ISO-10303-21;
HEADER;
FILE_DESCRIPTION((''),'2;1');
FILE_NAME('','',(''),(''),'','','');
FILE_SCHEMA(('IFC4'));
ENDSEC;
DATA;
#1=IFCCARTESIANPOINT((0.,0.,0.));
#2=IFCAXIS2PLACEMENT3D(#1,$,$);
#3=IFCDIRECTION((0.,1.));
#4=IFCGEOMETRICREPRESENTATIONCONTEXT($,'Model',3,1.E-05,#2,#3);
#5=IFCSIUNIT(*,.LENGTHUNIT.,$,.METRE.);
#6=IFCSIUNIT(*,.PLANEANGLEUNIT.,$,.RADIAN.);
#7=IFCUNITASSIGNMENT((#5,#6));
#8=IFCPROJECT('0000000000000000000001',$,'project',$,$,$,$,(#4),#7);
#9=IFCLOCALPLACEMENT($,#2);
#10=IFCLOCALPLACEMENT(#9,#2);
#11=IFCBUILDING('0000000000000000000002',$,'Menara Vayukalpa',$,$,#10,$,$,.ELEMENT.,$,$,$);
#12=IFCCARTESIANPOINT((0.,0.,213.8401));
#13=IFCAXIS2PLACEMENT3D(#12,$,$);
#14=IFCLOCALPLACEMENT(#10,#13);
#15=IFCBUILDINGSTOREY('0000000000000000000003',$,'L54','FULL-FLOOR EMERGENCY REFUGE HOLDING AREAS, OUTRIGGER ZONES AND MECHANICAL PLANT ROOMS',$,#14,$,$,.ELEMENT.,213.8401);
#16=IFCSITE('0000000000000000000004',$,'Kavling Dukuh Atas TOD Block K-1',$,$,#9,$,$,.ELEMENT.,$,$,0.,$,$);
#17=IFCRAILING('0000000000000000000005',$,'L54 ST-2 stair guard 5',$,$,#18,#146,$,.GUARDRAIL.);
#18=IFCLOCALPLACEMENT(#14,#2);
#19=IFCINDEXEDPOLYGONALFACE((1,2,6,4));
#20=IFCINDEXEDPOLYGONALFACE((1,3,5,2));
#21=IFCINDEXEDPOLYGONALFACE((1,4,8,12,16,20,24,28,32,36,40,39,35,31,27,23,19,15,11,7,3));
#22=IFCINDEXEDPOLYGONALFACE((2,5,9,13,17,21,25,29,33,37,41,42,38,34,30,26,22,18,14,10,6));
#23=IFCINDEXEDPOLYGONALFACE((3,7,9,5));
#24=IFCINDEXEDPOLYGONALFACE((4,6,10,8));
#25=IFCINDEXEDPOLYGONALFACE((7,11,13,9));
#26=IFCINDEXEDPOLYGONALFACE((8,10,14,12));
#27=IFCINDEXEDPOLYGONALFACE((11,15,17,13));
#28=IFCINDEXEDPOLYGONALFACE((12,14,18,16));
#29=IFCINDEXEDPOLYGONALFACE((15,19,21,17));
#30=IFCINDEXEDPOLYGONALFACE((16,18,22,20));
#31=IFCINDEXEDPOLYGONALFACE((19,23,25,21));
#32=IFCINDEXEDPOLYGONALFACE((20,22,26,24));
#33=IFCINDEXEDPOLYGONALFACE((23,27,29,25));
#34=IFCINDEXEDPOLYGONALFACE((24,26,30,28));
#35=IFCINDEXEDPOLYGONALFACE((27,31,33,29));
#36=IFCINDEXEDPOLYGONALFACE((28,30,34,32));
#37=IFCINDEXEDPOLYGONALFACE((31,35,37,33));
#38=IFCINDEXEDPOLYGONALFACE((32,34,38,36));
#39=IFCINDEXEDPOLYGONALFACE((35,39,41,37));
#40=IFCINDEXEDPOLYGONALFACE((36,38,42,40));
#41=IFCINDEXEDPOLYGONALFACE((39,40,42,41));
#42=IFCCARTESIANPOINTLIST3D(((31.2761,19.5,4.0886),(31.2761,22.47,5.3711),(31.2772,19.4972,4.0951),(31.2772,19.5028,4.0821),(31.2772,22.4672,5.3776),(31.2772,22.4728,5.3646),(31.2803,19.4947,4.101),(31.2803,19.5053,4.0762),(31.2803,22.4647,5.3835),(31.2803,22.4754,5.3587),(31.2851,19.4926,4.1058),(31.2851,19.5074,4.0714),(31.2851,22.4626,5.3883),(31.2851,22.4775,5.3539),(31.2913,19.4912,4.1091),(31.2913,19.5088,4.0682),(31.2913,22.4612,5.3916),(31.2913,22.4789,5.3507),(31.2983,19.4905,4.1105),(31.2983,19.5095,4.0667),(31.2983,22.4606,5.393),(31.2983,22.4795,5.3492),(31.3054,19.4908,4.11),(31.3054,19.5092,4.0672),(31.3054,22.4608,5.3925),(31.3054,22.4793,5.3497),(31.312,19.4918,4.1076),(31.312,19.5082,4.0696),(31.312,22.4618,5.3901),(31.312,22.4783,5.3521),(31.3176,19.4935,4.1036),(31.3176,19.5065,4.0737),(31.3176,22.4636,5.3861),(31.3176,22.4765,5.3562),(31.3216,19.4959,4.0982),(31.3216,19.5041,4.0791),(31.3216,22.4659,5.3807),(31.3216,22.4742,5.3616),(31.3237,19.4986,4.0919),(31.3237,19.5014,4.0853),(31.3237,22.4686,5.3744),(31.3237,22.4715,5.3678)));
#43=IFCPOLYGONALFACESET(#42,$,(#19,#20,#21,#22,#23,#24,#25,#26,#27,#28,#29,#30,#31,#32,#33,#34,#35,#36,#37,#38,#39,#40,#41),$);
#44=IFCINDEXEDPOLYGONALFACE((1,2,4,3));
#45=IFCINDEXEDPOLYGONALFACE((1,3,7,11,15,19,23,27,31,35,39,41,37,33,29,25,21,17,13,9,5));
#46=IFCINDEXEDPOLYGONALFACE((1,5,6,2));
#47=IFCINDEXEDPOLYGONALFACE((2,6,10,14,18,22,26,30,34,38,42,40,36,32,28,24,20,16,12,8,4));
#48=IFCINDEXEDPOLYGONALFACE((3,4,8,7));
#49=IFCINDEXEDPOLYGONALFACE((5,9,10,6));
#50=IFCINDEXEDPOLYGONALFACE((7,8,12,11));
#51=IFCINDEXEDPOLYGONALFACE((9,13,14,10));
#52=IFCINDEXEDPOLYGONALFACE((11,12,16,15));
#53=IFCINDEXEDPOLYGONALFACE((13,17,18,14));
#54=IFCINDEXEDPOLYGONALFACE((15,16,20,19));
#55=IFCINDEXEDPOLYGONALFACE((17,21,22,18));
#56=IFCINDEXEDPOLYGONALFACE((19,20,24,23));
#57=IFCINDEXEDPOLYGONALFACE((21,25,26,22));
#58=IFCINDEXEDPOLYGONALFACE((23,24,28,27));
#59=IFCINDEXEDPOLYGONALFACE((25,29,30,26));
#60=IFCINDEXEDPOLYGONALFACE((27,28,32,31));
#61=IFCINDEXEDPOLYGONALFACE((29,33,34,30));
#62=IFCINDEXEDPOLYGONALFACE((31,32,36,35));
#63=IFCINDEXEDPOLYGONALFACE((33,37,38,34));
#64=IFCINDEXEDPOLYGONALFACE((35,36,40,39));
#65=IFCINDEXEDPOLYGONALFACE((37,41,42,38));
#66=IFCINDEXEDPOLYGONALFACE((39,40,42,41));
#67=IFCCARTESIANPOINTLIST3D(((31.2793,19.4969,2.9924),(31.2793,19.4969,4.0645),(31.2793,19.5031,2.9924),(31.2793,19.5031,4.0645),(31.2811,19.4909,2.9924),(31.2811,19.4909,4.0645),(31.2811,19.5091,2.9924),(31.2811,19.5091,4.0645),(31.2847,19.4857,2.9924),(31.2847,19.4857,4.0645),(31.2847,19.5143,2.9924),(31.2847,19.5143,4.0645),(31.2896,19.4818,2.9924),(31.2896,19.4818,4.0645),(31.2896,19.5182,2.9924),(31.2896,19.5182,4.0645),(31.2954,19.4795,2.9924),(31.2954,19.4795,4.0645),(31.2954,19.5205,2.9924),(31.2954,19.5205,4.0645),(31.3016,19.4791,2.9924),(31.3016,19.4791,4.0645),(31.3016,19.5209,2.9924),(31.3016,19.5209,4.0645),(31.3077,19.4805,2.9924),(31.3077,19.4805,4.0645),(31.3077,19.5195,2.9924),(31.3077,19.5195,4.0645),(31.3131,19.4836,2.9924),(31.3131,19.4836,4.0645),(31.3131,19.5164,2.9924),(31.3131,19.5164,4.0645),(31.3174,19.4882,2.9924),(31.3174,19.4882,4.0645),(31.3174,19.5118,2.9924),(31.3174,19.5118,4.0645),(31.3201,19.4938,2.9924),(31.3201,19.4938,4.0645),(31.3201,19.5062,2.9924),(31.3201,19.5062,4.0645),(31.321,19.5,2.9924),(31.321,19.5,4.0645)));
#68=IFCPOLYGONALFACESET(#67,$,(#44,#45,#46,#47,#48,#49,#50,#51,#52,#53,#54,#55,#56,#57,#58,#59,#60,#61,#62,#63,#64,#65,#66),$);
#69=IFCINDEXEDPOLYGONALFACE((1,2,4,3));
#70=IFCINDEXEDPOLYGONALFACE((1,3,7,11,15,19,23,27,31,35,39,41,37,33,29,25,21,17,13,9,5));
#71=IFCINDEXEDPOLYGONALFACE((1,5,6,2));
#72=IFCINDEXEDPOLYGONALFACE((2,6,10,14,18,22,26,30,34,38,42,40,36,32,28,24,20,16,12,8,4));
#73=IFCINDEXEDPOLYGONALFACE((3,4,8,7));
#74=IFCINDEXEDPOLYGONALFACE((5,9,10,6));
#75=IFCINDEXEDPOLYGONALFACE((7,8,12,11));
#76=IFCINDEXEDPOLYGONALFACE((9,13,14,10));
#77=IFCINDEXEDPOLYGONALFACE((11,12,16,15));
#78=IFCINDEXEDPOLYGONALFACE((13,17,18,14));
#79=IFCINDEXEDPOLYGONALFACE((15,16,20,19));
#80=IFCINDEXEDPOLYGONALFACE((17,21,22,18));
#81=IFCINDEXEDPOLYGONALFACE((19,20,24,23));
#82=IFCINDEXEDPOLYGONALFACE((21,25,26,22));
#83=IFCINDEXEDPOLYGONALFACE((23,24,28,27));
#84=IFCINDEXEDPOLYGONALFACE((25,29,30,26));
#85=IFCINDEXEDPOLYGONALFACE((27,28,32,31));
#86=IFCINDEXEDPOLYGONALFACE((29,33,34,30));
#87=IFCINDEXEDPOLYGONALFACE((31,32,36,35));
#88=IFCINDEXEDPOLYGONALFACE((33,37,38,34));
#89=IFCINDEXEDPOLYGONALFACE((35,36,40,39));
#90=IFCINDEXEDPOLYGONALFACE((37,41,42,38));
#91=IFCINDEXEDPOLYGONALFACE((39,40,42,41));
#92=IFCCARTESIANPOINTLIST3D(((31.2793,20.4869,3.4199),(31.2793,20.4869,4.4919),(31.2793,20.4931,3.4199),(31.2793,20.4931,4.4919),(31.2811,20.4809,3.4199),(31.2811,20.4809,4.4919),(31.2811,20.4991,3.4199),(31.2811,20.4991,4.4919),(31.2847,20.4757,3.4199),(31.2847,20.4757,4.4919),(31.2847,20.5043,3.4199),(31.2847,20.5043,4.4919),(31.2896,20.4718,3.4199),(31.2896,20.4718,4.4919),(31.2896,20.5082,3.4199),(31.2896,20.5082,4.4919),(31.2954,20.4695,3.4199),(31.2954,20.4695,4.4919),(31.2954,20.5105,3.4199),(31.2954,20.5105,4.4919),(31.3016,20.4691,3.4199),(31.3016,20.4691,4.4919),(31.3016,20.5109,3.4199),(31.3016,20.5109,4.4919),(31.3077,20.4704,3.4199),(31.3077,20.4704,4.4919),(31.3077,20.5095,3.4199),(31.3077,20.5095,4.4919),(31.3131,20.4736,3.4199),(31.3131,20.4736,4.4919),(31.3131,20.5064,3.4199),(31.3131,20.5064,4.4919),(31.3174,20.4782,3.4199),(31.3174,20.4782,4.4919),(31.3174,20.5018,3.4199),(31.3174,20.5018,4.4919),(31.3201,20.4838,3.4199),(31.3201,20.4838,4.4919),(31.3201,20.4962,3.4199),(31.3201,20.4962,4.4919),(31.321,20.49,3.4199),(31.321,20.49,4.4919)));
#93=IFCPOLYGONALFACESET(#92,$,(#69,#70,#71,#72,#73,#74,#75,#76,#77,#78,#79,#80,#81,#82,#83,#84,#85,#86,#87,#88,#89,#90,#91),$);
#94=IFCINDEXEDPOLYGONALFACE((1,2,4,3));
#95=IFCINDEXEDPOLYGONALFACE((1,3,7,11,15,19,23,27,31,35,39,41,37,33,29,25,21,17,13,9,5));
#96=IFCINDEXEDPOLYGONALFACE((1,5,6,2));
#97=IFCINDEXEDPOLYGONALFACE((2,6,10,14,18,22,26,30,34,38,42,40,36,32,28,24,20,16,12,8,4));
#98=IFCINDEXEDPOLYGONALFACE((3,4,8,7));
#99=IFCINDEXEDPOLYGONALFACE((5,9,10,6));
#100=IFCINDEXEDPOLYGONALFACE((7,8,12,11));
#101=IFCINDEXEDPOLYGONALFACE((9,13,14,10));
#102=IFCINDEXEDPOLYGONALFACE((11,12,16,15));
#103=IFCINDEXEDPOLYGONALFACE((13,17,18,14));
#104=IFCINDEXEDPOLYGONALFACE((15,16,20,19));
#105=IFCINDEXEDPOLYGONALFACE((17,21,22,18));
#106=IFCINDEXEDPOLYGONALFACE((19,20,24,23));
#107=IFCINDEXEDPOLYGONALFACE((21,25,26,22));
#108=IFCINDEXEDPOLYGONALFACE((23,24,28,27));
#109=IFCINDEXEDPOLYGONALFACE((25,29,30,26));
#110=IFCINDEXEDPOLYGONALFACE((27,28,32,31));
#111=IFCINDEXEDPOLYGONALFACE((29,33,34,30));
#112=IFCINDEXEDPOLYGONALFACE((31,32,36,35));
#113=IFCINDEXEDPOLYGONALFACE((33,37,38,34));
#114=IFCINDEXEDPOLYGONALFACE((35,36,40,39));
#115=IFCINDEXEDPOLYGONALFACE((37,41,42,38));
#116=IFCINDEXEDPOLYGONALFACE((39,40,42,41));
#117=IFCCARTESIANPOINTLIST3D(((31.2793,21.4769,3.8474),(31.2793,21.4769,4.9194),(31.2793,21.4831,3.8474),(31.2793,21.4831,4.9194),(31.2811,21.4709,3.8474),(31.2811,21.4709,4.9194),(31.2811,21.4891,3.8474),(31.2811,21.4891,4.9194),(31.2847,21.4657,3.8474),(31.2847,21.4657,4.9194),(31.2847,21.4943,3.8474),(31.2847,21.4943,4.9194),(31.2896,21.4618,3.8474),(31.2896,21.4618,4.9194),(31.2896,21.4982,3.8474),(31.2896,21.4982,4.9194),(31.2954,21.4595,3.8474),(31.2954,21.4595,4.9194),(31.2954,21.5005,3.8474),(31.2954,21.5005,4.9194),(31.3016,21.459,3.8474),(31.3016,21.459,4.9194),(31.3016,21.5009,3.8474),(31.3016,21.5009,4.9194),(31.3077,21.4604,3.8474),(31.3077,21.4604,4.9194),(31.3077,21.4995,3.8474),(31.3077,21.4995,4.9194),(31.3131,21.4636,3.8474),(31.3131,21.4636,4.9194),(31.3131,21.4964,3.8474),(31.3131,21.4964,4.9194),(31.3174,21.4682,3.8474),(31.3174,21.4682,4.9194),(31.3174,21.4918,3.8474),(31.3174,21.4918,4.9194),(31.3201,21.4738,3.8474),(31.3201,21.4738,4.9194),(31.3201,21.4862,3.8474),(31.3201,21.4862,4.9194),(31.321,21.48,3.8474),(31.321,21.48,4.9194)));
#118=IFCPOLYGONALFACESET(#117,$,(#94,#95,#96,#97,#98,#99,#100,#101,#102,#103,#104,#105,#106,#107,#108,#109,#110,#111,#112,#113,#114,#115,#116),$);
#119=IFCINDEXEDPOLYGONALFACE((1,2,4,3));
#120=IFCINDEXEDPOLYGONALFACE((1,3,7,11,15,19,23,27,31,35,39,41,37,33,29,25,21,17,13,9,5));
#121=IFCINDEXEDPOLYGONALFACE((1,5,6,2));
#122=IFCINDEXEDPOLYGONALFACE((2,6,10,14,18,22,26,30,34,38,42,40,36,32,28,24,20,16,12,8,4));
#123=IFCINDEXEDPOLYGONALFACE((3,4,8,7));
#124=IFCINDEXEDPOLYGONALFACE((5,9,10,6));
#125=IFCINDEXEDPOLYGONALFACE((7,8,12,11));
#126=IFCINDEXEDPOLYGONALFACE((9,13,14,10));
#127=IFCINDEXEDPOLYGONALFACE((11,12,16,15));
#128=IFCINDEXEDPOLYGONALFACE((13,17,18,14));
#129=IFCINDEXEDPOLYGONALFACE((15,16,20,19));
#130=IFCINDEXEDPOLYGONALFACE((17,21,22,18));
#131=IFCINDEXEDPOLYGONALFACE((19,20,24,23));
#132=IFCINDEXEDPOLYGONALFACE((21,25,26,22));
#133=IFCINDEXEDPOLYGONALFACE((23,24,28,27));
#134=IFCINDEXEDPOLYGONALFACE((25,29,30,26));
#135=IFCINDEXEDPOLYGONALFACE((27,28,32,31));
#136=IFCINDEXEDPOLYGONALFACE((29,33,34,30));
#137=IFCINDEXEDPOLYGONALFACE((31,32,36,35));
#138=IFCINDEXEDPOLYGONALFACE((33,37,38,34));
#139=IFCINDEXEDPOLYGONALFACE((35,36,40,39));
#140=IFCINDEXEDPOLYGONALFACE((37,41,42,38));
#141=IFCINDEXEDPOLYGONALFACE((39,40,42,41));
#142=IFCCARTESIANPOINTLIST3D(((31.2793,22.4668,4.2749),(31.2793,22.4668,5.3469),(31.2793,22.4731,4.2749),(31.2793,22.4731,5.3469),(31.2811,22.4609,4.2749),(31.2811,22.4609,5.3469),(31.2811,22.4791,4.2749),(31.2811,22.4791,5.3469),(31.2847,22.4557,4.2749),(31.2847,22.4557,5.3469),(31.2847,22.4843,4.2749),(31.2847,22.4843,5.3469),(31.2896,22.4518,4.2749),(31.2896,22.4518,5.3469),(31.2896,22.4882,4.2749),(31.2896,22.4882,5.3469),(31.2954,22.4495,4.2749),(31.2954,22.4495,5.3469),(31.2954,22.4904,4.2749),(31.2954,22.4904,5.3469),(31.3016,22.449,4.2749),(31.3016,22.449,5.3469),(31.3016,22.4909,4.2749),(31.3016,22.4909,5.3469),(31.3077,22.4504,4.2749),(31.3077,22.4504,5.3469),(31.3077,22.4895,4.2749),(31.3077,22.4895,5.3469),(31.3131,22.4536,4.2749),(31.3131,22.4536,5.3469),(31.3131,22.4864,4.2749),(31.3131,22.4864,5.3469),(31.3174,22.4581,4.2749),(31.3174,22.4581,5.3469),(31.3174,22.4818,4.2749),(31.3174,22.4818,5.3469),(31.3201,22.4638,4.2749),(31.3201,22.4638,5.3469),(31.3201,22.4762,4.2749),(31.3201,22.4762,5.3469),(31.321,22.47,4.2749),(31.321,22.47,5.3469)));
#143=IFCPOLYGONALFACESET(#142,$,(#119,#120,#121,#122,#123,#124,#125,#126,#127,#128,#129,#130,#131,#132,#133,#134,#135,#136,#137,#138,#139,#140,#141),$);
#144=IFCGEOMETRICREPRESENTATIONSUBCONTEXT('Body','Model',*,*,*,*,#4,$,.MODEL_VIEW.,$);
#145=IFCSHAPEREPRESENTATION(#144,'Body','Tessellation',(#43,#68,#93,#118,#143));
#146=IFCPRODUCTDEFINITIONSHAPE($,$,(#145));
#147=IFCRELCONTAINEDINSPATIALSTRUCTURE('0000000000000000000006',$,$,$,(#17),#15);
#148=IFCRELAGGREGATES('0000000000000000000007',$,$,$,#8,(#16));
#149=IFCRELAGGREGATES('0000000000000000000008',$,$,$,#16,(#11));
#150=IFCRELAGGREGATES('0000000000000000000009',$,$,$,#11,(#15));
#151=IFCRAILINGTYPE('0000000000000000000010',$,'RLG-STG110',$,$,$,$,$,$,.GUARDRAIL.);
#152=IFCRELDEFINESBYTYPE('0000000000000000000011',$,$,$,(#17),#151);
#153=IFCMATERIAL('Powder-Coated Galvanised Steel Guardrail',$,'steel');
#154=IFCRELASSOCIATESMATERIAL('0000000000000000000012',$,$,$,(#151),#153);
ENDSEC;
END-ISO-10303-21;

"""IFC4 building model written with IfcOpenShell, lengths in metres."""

from ifc_helpers import new_model, si_unit, direction, frame, origin, origin_2d, place, context, subcontext, project, spatial, circle, extrude, material, type_object, element, save


model = new_model("IFC4")

# Units and contexts
model_context = context("Model", 3, precision=1e-05, world=origin(), true_north=direction((0.0, 1.0)))
body_context = subcontext(model_context, "Body", "Model", "MODEL_VIEW")
ifc_project = project(units=[si_unit("LENGTHUNIT", "METRE"), si_unit("PLANEANGLEUNIT", "RADIAN")], contexts=[model_context])

# Site, building, storey
site_placement = place(None, origin())
site = spatial("IfcSite", under=ifc_project, at=site_placement, Name="Kavling Dukuh Atas TOD Block K-1", CompositionType="ELEMENT", RefElevation=0.0)
building_placement = place(site_placement, origin())
building = spatial("IfcBuilding", under=site, at=building_placement, Name="Menara Vayukalpa", CompositionType="ELEMENT")
storey_placement = place(building_placement, frame((0.0, 0.0, 213.8401)))
storey = spatial("IfcBuildingStorey", under=building, at=storey_placement, Name="L54", Description="FULL-FLOOR EMERGENCY REFUGE HOLDING AREAS, OUTRIGGER ZONES AND MECHANICAL PLANT ROOMS", CompositionType="ELEMENT", Elevation=213.8401)

# Railing
ifc_material_1 = material(Name="Powder-Coated Galvanised Steel Guardrail", Category="steel")
railing_type_1 = type_object("IfcRailingType", Name="RLG-STG110", PredefinedType="GUARDRAIL", material=ifc_material_1)
railing_1_placement = place(storey_placement, frame((31.3, 19.5, 2.9924)))
element("IfcRailing", 1, at=railing_1_placement, inside=storey, type_object=railing_type_1, Name="L54 ST-2 stair guard 5", PredefinedType="GUARDRAIL", context=body_context, shape_type="SweptSolid", body=[
    extrude(circle(Radius=0.0239, at=origin_2d()), frame((0.0, 0.0, 1.0962), z_axis=(0.0, 0.918064, 0.396432), x_axis=(-1.0, 0.0, 0.0)), (0.0, 0.0, 1.0), 3.2351),
    extrude(circle(Radius=0.021, at=origin_2d()), origin(), (0.0, 0.0, 1.0), 1.072),
    extrude(circle(Radius=0.021, at=origin_2d()), frame((0.0, 0.99, 0.4275)), (0.0, 0.0, 1.0), 1.072),
    extrude(circle(Radius=0.021, at=origin_2d()), frame((0.0, 1.98, 0.855)), (0.0, 0.0, 1.0), 1.072),
    extrude(circle(Radius=0.021, at=origin_2d()), frame((0.0, 2.97, 1.2825)), (0.0, 0.0, 1.0), 1.072),
])

save(model, "model.ifc")
